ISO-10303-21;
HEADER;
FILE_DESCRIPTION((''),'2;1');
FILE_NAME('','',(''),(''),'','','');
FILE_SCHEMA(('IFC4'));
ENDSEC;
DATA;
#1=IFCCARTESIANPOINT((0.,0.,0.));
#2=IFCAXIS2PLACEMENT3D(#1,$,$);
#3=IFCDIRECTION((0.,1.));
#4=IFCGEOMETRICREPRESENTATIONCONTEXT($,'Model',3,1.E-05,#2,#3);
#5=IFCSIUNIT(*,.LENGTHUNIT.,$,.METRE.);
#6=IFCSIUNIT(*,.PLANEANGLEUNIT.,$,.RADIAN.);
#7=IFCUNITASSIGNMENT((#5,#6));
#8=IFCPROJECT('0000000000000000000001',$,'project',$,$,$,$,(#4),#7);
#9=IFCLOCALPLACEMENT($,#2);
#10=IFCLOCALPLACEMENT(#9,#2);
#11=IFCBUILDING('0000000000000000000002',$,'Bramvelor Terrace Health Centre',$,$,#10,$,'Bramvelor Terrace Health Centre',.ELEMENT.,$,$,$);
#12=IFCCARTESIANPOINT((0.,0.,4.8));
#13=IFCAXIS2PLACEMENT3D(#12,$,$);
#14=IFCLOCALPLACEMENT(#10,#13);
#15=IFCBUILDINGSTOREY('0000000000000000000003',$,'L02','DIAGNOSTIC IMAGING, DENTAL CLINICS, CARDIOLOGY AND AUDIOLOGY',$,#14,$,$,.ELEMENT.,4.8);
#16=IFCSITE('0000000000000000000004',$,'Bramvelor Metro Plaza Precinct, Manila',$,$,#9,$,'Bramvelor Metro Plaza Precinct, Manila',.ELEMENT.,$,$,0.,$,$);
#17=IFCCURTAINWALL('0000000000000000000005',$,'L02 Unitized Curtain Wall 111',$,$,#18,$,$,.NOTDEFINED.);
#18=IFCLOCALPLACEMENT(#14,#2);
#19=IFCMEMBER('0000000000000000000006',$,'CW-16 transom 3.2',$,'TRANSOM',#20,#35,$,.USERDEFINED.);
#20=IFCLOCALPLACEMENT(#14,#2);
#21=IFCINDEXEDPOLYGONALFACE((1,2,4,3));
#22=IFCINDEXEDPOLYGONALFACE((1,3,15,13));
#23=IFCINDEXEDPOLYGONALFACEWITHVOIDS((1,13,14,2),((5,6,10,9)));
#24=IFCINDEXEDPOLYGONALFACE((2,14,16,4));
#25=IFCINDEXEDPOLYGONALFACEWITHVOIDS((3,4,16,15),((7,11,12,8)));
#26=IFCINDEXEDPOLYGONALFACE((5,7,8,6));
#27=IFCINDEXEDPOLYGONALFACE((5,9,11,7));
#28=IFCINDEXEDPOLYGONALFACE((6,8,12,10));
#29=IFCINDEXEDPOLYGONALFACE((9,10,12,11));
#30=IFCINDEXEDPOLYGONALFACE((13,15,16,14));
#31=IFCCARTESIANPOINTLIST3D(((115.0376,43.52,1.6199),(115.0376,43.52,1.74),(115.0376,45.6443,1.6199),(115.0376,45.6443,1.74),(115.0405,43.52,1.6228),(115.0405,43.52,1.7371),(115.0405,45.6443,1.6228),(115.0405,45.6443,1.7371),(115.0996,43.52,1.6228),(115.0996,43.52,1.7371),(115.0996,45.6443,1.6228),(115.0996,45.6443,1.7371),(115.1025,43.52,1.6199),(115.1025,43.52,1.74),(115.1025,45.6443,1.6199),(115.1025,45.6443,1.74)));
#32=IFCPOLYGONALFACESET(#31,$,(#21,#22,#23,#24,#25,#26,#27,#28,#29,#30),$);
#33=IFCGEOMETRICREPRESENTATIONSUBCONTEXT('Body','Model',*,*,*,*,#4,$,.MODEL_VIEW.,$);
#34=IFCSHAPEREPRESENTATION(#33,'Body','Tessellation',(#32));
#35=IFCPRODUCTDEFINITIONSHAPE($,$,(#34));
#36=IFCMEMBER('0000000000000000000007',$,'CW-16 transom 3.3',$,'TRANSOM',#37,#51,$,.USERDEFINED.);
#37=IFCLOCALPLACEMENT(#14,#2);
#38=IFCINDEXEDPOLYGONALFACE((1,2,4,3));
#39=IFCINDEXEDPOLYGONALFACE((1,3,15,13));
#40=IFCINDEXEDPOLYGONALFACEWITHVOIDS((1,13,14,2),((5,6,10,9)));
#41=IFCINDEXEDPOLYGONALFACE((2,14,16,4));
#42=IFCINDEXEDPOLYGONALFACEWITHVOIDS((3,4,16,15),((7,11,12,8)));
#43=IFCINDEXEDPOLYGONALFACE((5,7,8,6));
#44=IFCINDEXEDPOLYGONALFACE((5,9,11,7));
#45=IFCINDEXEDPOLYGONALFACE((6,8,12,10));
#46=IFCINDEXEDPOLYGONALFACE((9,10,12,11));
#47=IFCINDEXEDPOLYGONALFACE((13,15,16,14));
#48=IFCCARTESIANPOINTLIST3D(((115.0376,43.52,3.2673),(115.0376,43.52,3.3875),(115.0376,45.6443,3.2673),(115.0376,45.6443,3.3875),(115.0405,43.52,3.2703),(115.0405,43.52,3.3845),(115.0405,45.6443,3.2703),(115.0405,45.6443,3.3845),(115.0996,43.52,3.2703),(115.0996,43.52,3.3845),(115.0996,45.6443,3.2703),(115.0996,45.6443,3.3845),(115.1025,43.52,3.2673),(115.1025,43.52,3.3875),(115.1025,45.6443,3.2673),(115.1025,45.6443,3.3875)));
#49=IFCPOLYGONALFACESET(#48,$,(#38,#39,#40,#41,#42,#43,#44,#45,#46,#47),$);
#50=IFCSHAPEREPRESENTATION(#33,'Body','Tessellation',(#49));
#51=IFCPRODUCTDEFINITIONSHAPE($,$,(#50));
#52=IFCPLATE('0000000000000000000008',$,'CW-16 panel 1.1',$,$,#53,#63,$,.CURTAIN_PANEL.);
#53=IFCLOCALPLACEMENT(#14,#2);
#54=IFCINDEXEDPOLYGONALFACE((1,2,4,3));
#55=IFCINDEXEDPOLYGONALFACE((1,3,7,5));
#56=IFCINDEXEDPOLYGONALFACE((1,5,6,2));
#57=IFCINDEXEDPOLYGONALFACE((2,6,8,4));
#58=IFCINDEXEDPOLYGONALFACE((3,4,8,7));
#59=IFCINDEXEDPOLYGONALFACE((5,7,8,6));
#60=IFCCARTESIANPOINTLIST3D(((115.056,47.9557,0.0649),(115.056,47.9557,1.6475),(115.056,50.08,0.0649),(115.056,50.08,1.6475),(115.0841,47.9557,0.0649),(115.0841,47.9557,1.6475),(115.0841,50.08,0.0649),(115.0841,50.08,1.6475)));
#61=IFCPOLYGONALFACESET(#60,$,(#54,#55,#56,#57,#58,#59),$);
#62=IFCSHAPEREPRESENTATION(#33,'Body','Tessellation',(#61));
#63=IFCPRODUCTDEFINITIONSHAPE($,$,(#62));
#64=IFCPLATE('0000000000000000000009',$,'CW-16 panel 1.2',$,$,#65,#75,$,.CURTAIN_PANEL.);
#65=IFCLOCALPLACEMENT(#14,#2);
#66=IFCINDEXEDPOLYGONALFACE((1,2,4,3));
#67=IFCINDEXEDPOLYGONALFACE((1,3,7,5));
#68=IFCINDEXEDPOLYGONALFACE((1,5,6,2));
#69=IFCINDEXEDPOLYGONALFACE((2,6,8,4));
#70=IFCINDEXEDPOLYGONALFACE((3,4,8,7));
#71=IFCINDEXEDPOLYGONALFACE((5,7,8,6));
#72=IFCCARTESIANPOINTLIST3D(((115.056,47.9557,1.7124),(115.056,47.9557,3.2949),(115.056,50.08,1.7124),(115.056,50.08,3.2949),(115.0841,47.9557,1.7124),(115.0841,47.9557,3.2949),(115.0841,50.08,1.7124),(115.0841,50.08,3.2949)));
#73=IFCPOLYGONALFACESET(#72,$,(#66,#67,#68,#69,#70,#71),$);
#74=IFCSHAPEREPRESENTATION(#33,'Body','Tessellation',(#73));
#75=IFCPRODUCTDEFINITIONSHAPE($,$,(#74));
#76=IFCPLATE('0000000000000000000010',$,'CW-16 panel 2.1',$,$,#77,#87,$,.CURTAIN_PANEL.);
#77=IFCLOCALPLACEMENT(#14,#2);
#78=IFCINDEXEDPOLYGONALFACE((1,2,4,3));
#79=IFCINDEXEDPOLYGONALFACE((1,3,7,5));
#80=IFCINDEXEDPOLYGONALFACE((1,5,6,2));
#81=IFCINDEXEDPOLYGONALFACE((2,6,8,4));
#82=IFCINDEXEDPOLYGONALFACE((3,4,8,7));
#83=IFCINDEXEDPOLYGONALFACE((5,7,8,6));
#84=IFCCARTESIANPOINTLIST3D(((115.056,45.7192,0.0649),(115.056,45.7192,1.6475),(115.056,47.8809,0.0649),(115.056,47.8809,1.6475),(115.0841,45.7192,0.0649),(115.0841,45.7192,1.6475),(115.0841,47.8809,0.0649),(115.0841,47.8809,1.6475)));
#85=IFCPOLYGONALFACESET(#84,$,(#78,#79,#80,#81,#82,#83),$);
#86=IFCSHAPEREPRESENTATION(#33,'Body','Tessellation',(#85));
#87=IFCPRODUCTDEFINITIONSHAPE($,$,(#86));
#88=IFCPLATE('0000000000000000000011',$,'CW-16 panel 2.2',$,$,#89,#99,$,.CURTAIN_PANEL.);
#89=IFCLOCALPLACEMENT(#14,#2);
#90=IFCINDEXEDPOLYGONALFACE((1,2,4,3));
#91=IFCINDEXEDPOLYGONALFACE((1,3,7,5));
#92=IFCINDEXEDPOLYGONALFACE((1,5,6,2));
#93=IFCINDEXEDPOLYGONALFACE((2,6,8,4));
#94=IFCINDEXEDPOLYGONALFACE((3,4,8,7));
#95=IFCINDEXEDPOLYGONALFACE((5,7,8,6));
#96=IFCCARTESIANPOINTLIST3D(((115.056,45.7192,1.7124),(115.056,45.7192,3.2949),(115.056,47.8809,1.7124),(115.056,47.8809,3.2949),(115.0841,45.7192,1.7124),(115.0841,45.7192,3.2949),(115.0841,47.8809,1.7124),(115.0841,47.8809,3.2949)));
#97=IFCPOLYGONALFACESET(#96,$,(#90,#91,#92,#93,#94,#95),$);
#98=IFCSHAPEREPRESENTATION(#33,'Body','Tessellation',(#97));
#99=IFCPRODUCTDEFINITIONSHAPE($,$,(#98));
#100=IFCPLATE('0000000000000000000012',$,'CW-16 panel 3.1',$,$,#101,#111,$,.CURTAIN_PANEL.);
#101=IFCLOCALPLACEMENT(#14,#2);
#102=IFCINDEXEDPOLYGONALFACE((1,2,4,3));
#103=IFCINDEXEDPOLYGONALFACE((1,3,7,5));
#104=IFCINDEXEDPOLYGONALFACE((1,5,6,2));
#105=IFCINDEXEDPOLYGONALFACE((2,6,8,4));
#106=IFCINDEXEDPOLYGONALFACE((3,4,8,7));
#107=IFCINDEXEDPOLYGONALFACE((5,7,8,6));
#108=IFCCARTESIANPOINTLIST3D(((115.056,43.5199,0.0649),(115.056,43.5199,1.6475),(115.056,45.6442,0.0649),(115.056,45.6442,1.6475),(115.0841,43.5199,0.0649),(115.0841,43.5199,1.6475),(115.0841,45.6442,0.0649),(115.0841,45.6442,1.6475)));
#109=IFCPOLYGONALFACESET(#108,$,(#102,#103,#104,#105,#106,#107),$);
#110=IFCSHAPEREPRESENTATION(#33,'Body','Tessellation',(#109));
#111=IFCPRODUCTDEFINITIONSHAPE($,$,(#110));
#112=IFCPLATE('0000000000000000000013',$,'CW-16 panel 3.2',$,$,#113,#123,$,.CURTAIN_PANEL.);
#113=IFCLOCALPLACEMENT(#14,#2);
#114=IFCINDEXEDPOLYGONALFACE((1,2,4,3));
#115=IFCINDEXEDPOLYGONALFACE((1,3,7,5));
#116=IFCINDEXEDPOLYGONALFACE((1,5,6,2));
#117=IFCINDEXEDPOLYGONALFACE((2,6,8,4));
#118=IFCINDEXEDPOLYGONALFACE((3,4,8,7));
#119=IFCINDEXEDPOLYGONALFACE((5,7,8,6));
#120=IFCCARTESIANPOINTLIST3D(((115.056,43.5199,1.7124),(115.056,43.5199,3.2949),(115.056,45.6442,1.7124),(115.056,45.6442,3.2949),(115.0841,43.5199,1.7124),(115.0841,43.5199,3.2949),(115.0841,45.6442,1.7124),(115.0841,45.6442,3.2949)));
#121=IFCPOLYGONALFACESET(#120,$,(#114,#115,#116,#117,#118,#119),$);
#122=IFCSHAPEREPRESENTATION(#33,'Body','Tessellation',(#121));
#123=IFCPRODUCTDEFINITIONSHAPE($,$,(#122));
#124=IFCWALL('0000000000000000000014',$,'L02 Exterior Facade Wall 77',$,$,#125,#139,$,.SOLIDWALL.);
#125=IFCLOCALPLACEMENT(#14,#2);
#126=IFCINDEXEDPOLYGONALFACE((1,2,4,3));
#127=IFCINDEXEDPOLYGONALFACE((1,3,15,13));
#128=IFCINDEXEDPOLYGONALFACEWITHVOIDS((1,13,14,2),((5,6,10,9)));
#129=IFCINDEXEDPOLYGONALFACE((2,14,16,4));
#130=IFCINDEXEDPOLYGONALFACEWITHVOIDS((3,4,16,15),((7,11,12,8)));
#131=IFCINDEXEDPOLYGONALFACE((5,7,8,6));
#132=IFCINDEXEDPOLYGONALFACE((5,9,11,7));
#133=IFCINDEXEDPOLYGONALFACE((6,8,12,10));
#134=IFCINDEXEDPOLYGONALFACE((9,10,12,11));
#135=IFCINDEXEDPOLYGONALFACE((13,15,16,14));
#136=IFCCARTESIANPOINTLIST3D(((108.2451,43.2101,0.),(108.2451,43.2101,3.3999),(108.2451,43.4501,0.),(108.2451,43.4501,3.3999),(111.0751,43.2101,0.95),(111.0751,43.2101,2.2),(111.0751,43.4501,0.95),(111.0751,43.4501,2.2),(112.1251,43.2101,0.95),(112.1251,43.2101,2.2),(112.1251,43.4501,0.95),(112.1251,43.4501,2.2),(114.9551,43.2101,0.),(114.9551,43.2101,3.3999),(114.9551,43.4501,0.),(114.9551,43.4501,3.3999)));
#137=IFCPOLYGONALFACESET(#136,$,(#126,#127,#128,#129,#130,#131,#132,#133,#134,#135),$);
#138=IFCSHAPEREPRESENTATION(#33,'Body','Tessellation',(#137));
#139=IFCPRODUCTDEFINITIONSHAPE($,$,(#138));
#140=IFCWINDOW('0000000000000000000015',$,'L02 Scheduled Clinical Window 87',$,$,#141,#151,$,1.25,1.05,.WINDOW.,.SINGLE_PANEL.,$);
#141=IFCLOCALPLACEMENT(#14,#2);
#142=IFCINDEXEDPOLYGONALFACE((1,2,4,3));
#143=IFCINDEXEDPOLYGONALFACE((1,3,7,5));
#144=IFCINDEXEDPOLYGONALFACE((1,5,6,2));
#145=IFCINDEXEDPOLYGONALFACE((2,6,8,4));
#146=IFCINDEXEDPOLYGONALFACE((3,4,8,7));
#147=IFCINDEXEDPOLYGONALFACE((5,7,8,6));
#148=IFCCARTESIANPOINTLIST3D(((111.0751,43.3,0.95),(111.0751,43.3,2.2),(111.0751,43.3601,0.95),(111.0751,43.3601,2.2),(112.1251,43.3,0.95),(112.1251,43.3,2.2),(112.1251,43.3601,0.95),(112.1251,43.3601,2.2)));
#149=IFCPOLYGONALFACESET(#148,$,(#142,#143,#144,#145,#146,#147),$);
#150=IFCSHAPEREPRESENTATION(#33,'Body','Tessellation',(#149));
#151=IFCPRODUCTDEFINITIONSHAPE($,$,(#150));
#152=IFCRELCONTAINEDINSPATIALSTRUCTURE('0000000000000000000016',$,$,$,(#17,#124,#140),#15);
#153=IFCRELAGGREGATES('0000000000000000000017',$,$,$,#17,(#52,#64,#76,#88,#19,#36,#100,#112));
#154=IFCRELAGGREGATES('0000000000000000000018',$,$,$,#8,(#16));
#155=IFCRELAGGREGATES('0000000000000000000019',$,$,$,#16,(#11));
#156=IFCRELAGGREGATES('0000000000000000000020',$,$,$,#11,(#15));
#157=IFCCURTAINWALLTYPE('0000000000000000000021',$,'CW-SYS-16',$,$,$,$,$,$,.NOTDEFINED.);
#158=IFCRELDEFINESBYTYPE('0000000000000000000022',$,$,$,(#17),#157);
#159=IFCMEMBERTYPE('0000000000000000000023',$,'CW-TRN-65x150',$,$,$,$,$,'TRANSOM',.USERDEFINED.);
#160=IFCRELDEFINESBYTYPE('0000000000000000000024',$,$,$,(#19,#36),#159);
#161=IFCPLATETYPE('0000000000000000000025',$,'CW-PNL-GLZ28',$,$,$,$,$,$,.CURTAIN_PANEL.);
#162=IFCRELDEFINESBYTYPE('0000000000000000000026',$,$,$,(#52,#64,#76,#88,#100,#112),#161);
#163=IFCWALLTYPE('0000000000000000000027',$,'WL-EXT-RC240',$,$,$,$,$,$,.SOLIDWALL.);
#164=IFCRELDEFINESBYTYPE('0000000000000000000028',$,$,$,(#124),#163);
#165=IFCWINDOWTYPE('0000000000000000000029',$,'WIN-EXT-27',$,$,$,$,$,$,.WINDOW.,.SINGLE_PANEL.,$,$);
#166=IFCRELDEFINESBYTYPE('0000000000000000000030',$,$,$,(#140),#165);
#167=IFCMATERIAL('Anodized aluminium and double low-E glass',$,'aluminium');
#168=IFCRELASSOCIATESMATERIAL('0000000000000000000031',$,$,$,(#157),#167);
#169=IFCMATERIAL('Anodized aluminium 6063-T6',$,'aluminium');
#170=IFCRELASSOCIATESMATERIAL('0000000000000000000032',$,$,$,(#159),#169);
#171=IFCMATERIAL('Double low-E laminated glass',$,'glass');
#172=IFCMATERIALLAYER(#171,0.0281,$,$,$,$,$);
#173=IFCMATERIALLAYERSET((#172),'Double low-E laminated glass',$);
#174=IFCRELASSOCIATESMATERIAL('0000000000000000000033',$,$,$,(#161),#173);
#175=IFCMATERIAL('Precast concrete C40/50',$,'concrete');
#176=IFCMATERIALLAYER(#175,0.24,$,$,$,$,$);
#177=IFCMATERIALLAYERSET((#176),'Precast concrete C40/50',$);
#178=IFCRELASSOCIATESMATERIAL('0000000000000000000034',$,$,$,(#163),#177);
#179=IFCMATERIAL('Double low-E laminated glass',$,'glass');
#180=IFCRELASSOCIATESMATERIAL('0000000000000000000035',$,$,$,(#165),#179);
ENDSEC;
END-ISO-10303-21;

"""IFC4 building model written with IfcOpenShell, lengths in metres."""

from ifc_helpers import new_model, si_unit, direction, frame, frame_2d, origin, origin_2d, place, context, subcontext, project, spatial, rectangle, hollow_rectangle, extrude, material, layer, layer_set, material_profile, profile_set, type_object, element, fill, aggregate, save


model = new_model("IFC4")

# Units and contexts
model_context = context("Model", 3, precision=1e-05, world=origin(), true_north=direction((0.0, 1.0)))
body_context = subcontext(model_context, "Body", "Model", "MODEL_VIEW")
ifc_project = project(units=[si_unit("LENGTHUNIT", "METRE"), si_unit("PLANEANGLEUNIT", "RADIAN")], contexts=[model_context])

# Site, building, storey
site_placement = place(None, origin())
site = spatial("IfcSite", under=ifc_project, at=site_placement, Name="Bramvelor Metro Plaza Precinct, Manila", LongName="Bramvelor Metro Plaza Precinct, Manila", CompositionType="ELEMENT", RefElevation=0.0)
building_placement = place(site_placement, origin())
building = spatial("IfcBuilding", under=site, at=building_placement, Name="Bramvelor Terrace Health Centre", LongName="Bramvelor Terrace Health Centre", CompositionType="ELEMENT")
storey_placement = place(building_placement, frame((0.0, 0.0, 4.8)))
storey = spatial("IfcBuildingStorey", under=building, at=storey_placement, Name="L02", Description="DIAGNOSTIC IMAGING, DENTAL CLINICS, CARDIOLOGY AND AUDIOLOGY", CompositionType="ELEMENT", Elevation=4.8)

# Curtain wall, members, plates
ifc_material_1 = material(Name="Anodized aluminium and double low-E glass", Category="aluminium")
curtain_wall_type = type_object("IfcCurtainWallType", Name="CW-SYS-16", PredefinedType="NOTDEFINED", material=ifc_material_1)
curtain_wall_placement = place(storey_placement, origin())
curtain_wall = element("IfcCurtainWall", 1, at=curtain_wall_placement, inside=storey, type_object=curtain_wall_type, Name="L02 Unitized Curtain Wall 111", PredefinedType="NOTDEFINED")
ifc_material_2 = material(Name="Anodized aluminium 6063-T6", Category="aluminium")
ifc_material_profile_1 = material_profile(ifc_material_2, hollow_rectangle(XDim=0.0649, YDim=0.1201, WallThickness=0.0029, at=origin_2d()), Name="ALU-TRN 65x120x3.0")
ifc_profile_set_1 = profile_set([ifc_material_profile_1], Name="Anodized aluminium 6063-T6")
member_type_1 = type_object("IfcMemberType", Name="CW-TRN-65x150", ElementType="TRANSOM", PredefinedType="USERDEFINED", material=ifc_profile_set_1)
member_1_placement = place(storey_placement, frame((115.0701, 45.6443, 1.6799), z_axis=(0.0, -1.0, 0.0), x_axis=(1.0, 0.0, 0.0)))
member_1 = element("IfcMember", 2, at=member_1_placement, type_object=member_type_1, Name="CW-16 transom 3.2", ObjectType="TRANSOM", PredefinedType="USERDEFINED", context=body_context, shape_type="SweptSolid", body=[
    extrude(hollow_rectangle(XDim=0.0649, YDim=0.1201, WallThickness=0.0029, at=origin_2d()), origin(), (0.0, 0.0, 1.0), 2.1243),
])
member_2_placement = place(storey_placement, frame((115.0701, 45.6443, 3.3274), z_axis=(0.0, -1.0, 0.0), x_axis=(1.0, 0.0, 0.0)))
member_2 = element("IfcMember", 3, at=member_2_placement, type_object=member_type_1, Name="CW-16 transom 3.3", ObjectType="TRANSOM", PredefinedType="USERDEFINED", context=body_context, shape_type="SweptSolid", body=[
    extrude(hollow_rectangle(XDim=0.0649, YDim=0.1201, WallThickness=0.0029, at=origin_2d()), origin(), (0.0, 0.0, 1.0), 2.1243),
])
ifc_material_3 = material(Name="Double low-E laminated glass", Category="glass")
ifc_layer_1 = layer(ifc_material_3, 0.0281)
ifc_layer_set_1 = layer_set([ifc_layer_1], Name="Double low-E laminated glass")
plate_type = type_object("IfcPlateType", Name="CW-PNL-GLZ28", PredefinedType="CURTAIN_PANEL", material=ifc_layer_set_1)
plate_1_placement = place(storey_placement, frame((115.0701, 49.0178, 0.0649), z_axis=(0.0, 0.0, 1.0), x_axis=(0.0, -1.0, 0.0)))
plate_1 = element("IfcPlate", 4, at=plate_1_placement, type_object=plate_type, Name="CW-16 panel 1.1", PredefinedType="CURTAIN_PANEL", context=body_context, shape_type="SweptSolid", body=[
    extrude(rectangle(XDim=2.1243, YDim=0.0281, at=origin_2d()), origin(), (0.0, 0.0, 1.0), 1.5825),
])
plate_2_placement = place(storey_placement, frame((115.0701, 49.0178, 1.7124), z_axis=(0.0, 0.0, 1.0), x_axis=(0.0, -1.0, 0.0)))
plate_2 = element("IfcPlate", 5, at=plate_2_placement, type_object=plate_type, Name="CW-16 panel 1.2", PredefinedType="CURTAIN_PANEL", context=body_context, shape_type="SweptSolid", body=[
    extrude(rectangle(XDim=2.1243, YDim=0.0281, at=origin_2d()), origin(), (0.0, 0.0, 1.0), 1.5825),
])
plate_3_placement = place(storey_placement, frame((115.0701, 46.8, 0.0649), z_axis=(0.0, 0.0, 1.0), x_axis=(0.0, -1.0, 0.0)))
plate_3 = element("IfcPlate", 6, at=plate_3_placement, type_object=plate_type, Name="CW-16 panel 2.1", PredefinedType="CURTAIN_PANEL", context=body_context, shape_type="SweptSolid", body=[
    extrude(rectangle(XDim=2.1616, YDim=0.0281, at=origin_2d()), origin(), (0.0, 0.0, 1.0), 1.5825),
])
plate_4_placement = place(storey_placement, frame((115.0701, 46.8, 1.7124), z_axis=(0.0, 0.0, 1.0), x_axis=(0.0, -1.0, 0.0)))
plate_4 = element("IfcPlate", 7, at=plate_4_placement, type_object=plate_type, Name="CW-16 panel 2.2", PredefinedType="CURTAIN_PANEL", context=body_context, shape_type="SweptSolid", body=[
    extrude(rectangle(XDim=2.1616, YDim=0.0281, at=origin_2d()), origin(), (0.0, 0.0, 1.0), 1.5825),
])
plate_5_placement = place(storey_placement, frame((115.0701, 44.582, 0.0649), z_axis=(0.0, 0.0, 1.0), x_axis=(0.0, -1.0, 0.0)))
plate_5 = element("IfcPlate", 8, at=plate_5_placement, type_object=plate_type, Name="CW-16 panel 3.1", PredefinedType="CURTAIN_PANEL", context=body_context, shape_type="SweptSolid", body=[
    extrude(rectangle(XDim=2.1243, YDim=0.0281, at=origin_2d()), origin(), (0.0, 0.0, 1.0), 1.5825),
])
plate_6_placement = place(storey_placement, frame((115.0701, 44.582, 1.7124), z_axis=(0.0, 0.0, 1.0), x_axis=(0.0, -1.0, 0.0)))
plate_6 = element("IfcPlate", 9, at=plate_6_placement, type_object=plate_type, Name="CW-16 panel 3.2", PredefinedType="CURTAIN_PANEL", context=body_context, shape_type="SweptSolid", body=[
    extrude(rectangle(XDim=2.1243, YDim=0.0281, at=origin_2d()), origin(), (0.0, 0.0, 1.0), 1.5825),
])
aggregate(curtain_wall, [plate_1, plate_2, plate_3, plate_4, member_1, member_2, plate_5, plate_6])

# Wall, opening, window
ifc_material_4 = material(Name="Precast concrete C40/50", Category="concrete")
ifc_layer_2 = layer(ifc_material_4, 0.24)
ifc_layer_set_2 = layer_set([ifc_layer_2], Name="Precast concrete C40/50")
wall_type = type_object("IfcWallType", Name="WL-EXT-RC240", PredefinedType="SOLIDWALL", material=ifc_layer_set_2)
wall_placement = place(storey_placement, frame((114.9551, 43.3301, 0.0), z_axis=(0.0, 0.0, 1.0), x_axis=(-1.0, 0.0, 0.0)))
wall = element("IfcWall", 10, at=wall_placement, inside=storey, type_object=wall_type, Name="L02 Exterior Facade Wall 77", PredefinedType="SOLIDWALL", context=body_context, shape_type="SweptSolid", body=[
    extrude(rectangle(XDim=6.71, YDim=0.24, at=frame_2d((3.355, 0.0))), origin(), (0.0, 0.0, 1.0), 3.3999),
])
opening_placement = place(wall_placement, frame((2.8301, 0.0, 0.95)))
opening = element("IfcOpeningElement", 11, at=opening_placement, cuts=wall, PredefinedType="OPENING", context=body_context, shape_type="SweptSolid", body=[
    extrude(rectangle(XDim=1.05, YDim=1.25, at=frame_2d((0.5249, 0.625))), frame((0.0, 0.1299, 0.0), z_axis=(0.0, -1.0, 0.0), x_axis=(1.0, 0.0, 0.0)), (0.0, 0.0, 1.0), 0.26),
])
ifc_material_5 = material(Name="Double low-E laminated glass", Category="glass")
window_type = type_object("IfcWindowType", Name="WIN-EXT-27", PartitioningType="SINGLE_PANEL", PredefinedType="WINDOW", material=ifc_material_5)
window_placement = place(opening_placement, origin())
window = element("IfcWindow", 12, at=window_placement, inside=storey, type_object=window_type, Name="L02 Scheduled Clinical Window 87", OverallHeight=1.25, OverallWidth=1.05, PartitioningType="SINGLE_PANEL", PredefinedType="WINDOW", context=body_context, shape_type="SweptSolid", body=[
    extrude(rectangle(XDim=1.05, YDim=1.25, at=frame_2d((0.5249, 0.625))), frame((0.0, 0.03, 0.0), z_axis=(0.0, -1.0, 0.0), x_axis=(1.0, 0.0, 0.0)), (0.0, 0.0, 1.0), 0.0601),
])
fill(opening, window)

save(model, "model.ifc")
